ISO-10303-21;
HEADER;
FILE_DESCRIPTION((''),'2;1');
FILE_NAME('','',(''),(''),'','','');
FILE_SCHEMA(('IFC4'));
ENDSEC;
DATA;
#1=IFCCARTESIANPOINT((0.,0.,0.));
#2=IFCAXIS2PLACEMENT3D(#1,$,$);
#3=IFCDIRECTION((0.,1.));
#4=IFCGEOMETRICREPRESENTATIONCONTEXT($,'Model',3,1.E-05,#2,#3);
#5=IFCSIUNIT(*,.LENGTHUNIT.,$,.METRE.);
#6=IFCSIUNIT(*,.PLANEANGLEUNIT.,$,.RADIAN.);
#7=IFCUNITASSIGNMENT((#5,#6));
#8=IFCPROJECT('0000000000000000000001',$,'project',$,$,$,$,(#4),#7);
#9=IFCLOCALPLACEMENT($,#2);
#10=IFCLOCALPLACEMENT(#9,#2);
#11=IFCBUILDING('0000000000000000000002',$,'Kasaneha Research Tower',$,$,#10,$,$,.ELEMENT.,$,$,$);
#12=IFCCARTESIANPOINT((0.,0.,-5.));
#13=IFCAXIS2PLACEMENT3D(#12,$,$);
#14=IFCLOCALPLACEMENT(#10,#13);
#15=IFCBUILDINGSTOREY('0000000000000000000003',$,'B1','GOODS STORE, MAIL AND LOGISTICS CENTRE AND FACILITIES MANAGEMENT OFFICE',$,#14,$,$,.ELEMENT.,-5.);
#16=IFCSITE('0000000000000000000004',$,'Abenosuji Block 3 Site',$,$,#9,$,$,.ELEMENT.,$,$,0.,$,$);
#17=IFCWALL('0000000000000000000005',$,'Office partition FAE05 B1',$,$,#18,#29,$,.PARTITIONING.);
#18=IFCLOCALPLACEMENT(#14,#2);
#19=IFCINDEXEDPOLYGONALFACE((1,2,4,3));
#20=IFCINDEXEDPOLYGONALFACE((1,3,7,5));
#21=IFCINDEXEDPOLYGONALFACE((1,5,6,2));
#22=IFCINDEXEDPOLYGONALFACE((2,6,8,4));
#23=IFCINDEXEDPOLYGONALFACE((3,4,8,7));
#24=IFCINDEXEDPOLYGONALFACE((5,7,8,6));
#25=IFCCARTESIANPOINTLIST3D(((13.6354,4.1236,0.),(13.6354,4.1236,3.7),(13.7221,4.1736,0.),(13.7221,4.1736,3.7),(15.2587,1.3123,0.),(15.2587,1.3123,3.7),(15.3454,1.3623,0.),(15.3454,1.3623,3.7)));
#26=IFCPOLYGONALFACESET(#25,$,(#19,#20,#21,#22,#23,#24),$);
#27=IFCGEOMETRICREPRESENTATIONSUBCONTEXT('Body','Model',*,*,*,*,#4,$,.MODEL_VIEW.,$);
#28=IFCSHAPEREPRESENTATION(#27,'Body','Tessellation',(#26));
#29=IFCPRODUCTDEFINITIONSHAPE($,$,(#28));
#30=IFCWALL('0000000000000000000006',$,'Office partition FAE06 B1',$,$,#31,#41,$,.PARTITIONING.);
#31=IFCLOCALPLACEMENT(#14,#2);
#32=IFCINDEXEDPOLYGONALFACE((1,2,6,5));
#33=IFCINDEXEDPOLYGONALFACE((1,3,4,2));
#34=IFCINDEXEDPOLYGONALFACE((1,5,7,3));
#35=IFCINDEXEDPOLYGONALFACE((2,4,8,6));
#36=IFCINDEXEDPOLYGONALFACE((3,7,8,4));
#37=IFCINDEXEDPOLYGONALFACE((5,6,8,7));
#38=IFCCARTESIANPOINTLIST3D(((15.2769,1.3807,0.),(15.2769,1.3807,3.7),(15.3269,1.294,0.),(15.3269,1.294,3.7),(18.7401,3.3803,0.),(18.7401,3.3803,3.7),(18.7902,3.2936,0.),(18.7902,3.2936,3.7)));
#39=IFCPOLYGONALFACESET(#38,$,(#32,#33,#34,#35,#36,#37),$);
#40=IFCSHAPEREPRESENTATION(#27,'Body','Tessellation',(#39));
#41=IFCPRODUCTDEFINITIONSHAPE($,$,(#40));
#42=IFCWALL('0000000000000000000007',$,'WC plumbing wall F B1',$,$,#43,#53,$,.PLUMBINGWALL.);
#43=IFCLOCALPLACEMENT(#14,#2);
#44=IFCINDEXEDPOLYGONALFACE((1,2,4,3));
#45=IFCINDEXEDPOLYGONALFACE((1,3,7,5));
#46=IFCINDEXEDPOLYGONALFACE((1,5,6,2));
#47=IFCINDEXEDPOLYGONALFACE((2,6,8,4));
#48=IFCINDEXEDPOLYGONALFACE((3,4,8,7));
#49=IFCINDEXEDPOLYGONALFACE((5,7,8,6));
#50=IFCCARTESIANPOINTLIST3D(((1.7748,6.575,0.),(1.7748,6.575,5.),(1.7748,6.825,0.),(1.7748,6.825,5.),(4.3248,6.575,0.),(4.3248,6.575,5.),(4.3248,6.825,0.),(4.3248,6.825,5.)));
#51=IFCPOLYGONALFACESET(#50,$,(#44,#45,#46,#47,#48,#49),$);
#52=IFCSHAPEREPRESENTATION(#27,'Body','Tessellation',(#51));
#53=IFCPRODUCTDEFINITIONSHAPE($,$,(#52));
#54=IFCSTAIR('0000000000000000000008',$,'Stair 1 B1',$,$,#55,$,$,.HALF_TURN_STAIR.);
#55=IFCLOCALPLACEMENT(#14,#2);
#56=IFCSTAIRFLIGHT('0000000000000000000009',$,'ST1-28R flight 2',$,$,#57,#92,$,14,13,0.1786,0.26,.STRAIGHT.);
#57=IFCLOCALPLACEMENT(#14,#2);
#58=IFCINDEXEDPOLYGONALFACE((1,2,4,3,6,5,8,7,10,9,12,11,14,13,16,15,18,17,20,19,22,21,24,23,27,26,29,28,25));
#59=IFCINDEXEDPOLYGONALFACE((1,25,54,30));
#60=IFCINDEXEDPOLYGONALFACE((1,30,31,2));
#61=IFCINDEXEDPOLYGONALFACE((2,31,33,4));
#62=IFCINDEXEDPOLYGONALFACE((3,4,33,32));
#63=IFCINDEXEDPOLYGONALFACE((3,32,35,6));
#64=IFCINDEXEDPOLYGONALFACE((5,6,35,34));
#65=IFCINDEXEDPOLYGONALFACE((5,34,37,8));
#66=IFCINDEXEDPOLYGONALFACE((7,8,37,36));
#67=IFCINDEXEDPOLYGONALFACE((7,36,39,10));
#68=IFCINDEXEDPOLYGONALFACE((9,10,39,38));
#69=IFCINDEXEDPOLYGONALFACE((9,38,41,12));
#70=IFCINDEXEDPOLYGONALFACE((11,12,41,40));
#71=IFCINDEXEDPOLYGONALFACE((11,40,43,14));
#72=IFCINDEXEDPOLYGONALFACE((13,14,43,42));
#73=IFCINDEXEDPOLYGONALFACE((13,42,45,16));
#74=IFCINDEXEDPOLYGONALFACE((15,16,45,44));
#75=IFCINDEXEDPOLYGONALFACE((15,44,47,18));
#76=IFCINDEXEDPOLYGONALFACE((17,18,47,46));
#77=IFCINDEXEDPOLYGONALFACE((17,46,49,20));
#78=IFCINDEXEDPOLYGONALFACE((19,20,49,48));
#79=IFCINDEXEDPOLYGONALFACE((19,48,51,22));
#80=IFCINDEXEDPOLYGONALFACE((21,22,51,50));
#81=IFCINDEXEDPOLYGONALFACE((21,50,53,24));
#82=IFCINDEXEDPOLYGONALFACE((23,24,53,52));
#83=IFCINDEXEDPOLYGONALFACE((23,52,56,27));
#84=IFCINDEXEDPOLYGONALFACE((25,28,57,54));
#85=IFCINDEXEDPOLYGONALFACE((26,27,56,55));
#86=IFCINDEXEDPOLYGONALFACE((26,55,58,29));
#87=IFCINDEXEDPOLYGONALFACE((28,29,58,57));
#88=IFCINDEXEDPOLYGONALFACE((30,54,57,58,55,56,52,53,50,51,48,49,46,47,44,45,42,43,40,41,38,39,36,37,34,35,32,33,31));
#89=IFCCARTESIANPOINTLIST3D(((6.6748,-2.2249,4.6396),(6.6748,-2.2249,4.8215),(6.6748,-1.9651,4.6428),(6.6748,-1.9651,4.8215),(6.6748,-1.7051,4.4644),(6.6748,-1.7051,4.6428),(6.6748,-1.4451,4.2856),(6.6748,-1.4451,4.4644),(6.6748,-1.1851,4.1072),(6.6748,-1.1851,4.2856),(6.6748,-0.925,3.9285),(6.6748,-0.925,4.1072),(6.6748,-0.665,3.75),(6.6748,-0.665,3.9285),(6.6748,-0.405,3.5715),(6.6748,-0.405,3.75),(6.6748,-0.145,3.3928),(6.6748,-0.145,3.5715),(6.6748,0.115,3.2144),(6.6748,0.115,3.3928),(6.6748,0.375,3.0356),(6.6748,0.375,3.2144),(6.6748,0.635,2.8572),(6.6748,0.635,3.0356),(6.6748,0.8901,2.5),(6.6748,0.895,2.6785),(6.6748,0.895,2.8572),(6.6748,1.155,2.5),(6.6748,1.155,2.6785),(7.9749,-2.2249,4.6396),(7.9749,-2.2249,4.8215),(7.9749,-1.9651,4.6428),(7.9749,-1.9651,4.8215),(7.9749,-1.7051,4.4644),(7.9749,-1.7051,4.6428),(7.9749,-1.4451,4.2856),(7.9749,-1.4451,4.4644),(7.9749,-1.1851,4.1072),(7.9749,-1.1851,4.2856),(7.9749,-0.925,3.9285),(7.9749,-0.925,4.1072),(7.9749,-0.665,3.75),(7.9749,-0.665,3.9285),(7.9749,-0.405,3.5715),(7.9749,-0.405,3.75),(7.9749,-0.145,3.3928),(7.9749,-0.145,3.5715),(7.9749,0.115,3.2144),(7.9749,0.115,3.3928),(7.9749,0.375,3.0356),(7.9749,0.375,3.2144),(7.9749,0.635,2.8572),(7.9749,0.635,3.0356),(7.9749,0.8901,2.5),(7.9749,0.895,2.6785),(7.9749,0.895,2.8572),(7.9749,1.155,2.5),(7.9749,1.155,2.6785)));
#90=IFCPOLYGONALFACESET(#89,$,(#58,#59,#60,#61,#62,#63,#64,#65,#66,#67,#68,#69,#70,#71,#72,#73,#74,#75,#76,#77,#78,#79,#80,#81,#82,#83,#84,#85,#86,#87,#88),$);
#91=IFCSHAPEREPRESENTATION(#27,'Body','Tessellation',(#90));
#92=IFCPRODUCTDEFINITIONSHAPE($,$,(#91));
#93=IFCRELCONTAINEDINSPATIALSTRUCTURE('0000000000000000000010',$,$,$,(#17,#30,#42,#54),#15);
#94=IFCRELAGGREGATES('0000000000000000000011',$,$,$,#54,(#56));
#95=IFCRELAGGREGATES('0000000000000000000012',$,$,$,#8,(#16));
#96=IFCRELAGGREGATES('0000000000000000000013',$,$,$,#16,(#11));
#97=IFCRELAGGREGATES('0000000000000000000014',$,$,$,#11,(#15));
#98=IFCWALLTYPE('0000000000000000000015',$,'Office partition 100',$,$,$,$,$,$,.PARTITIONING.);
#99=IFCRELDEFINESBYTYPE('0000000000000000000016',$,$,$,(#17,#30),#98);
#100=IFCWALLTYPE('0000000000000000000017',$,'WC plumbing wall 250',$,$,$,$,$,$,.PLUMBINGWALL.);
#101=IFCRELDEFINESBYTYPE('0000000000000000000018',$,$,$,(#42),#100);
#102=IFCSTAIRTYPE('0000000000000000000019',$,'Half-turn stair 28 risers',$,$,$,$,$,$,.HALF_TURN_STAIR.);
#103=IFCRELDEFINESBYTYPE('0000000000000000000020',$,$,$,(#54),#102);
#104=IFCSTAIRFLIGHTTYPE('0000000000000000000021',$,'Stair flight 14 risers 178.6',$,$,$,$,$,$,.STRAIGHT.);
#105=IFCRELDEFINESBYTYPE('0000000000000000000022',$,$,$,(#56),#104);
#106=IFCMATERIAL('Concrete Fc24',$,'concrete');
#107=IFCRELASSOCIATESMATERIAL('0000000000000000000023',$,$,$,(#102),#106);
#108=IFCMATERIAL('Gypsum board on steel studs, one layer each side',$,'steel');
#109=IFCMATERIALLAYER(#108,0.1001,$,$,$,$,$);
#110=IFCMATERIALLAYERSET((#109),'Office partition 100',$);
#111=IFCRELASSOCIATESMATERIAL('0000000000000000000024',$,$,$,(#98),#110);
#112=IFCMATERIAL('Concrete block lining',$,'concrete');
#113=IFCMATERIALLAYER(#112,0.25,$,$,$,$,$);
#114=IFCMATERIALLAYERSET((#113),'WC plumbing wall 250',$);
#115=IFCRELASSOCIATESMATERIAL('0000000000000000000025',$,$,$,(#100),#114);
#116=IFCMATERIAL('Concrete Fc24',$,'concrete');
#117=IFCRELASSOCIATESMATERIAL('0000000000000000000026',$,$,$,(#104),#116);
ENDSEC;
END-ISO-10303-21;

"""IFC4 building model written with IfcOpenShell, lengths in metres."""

from ifc_helpers import new_model, si_unit, direction, frame, frame_2d, origin, place, context, subcontext, project, spatial, polyline, rectangle, outline, extrude, material, layer, layer_set, type_object, element, aggregate, save


model = new_model("IFC4")

# Units and contexts
model_context = context("Model", 3, precision=1e-05, world=origin(), true_north=direction((0.0, 1.0)))
body_context = subcontext(model_context, "Body", "Model", "MODEL_VIEW")
ifc_project = project(units=[si_unit("LENGTHUNIT", "METRE"), si_unit("PLANEANGLEUNIT", "RADIAN")], contexts=[model_context])

# Site, building, storey
site_placement = place(None, origin())
site = spatial("IfcSite", under=ifc_project, at=site_placement, Name="Abenosuji Block 3 Site", CompositionType="ELEMENT", RefElevation=0.0)
building_placement = place(site_placement, origin())
building = spatial("IfcBuilding", under=site, at=building_placement, Name="Kasaneha Research Tower", CompositionType="ELEMENT")
storey_placement = place(building_placement, frame((0.0, 0.0, -5.0)))
storey = spatial("IfcBuildingStorey", under=building, at=storey_placement, Name="B1", Description="GOODS STORE, MAIL AND LOGISTICS CENTRE AND FACILITIES MANAGEMENT OFFICE", CompositionType="ELEMENT", Elevation=-5.0)

# Shared definitions
ifc_material_1 = material(Name="Concrete Fc24", Category="concrete")
stair_type = type_object("IfcStairType", Name="Half-turn stair 28 risers", PredefinedType="HALF_TURN_STAIR", material=ifc_material_1)

# Shared definitions
ifc_material_2 = material(Name="Gypsum board on steel studs, one layer each side", Category="steel")
ifc_layer_1 = layer(ifc_material_2, 0.1001)
ifc_layer_set_1 = layer_set([ifc_layer_1], Name="Office partition 100")
wall_type_1 = type_object("IfcWallType", Name="Office partition 100", PredefinedType="PARTITIONING", material=ifc_layer_set_1)

# Walls
wall_1_placement = place(storey_placement, frame((15.302, 1.3374, 0.0), z_axis=(0.0, 0.0, 1.0), x_axis=(-0.500046, 0.865999, 0.0)))
element("IfcWall", 1, at=wall_1_placement, inside=storey, type_object=wall_type_1, Name="Office partition FAE05 B1", PredefinedType="PARTITIONING", context=body_context, shape_type="SweptSolid", body=[
    extrude(rectangle(XDim=3.2463, YDim=0.1001, at=frame_2d((1.623, 0.0))), origin(), (0.0, 0.0, 1.0), 3.7),
])
wall_2_placement = place(storey_placement, frame((18.7651, 3.3369, 0.0), z_axis=(0.0, 0.0, 1.0), x_axis=(-0.866018, -0.500013, 0.0)))
element("IfcWall", 2, at=wall_2_placement, inside=storey, type_object=wall_type_1, Name="Office partition FAE06 B1", PredefinedType="PARTITIONING", context=body_context, shape_type="SweptSolid", body=[
    extrude(rectangle(XDim=3.999, YDim=0.1001, at=frame_2d((1.9995, 0.0))), origin(), (0.0, 0.0, 1.0), 3.7),
])

# Wall
ifc_material_3 = material(Name="Concrete block lining", Category="concrete")
ifc_layer_2 = layer(ifc_material_3, 0.25)
ifc_layer_set_2 = layer_set([ifc_layer_2], Name="WC plumbing wall 250")
wall_type_2 = type_object("IfcWallType", Name="WC plumbing wall 250", PredefinedType="PLUMBINGWALL", material=ifc_layer_set_2)
wall_3_placement = place(storey_placement, frame((1.7749, 6.7, 0.0), z_axis=(0.0, 0.0, 1.0), x_axis=(1.0, 0.0, 0.0)))
element("IfcWall", 3, at=wall_3_placement, inside=storey, type_object=wall_type_2, Name="WC plumbing wall F B1", PredefinedType="PLUMBINGWALL", context=body_context, shape_type="SweptSolid", body=[
    extrude(rectangle(XDim=2.55, YDim=0.25, at=frame_2d((1.2749, 0.0))), origin(), (0.0, 0.0, 1.0), 5.0),
])

# Stair, stair flight
stair_1_placement = place(storey_placement, origin())
stair_1 = element("IfcStair", 4, at=stair_1_placement, inside=storey, type_object=stair_type, Name="Stair 1 B1", PredefinedType="HALF_TURN_STAIR")
ifc_material_4 = material(Name="Concrete Fc24", Category="concrete")
stair_flight_type = type_object("IfcStairFlightType", Name="Stair flight 14 risers 178.6", PredefinedType="STRAIGHT", material=ifc_material_4)
stair_flight_placement = place(storey_placement, frame((7.325, 1.155, 2.5), z_axis=(0.0, 0.0, 1.0), x_axis=(0.0, -1.0, 0.0)))
stair_flight = element("IfcStairFlight", 5, at=stair_flight_placement, type_object=stair_flight_type, Name="ST1-28R flight 2", NumberOfRisers=14, NumberOfTreads=13, PredefinedType="STRAIGHT", RiserHeight=0.1786, TreadLength=0.26, context=body_context, shape_type="SweptSolid", body=[
    extrude(outline(polyline([(0.0, 0.0), (0.0, 0.1785), (0.26, 0.1785), (0.26, 0.3572), (0.52, 0.3572), (0.52, 0.5356), (0.78, 0.5356), (0.78, 0.7144), (1.04, 0.7144), (1.04, 0.8928), (1.3, 0.8928), (1.3, 1.0715), (1.5601, 1.0715), (1.5601, 1.25), (1.8201, 1.25), (1.8201, 1.4285), (2.0801, 1.4285), (2.0801, 1.6072), (2.3401, 1.6072), (2.3401, 1.7856), (2.6001, 1.7856), (2.6001, 1.9644), (2.8601, 1.9644), (2.8601, 2.1428), (3.1201, 2.1428), (3.1201, 2.3215), (3.3799, 2.3215), (3.3799, 2.5), (3.3799, 2.1396), (0.2649, 0.0), (0.0, 0.0)])), frame((0.0, 0.6499, 0.0), z_axis=(0.0, -1.0, 0.0), x_axis=(1.0, 0.0, 0.0)), (0.0, 0.0, 1.0), 1.3),
])
aggregate(stair_1, [stair_flight])

save(model, "model.ifc")
